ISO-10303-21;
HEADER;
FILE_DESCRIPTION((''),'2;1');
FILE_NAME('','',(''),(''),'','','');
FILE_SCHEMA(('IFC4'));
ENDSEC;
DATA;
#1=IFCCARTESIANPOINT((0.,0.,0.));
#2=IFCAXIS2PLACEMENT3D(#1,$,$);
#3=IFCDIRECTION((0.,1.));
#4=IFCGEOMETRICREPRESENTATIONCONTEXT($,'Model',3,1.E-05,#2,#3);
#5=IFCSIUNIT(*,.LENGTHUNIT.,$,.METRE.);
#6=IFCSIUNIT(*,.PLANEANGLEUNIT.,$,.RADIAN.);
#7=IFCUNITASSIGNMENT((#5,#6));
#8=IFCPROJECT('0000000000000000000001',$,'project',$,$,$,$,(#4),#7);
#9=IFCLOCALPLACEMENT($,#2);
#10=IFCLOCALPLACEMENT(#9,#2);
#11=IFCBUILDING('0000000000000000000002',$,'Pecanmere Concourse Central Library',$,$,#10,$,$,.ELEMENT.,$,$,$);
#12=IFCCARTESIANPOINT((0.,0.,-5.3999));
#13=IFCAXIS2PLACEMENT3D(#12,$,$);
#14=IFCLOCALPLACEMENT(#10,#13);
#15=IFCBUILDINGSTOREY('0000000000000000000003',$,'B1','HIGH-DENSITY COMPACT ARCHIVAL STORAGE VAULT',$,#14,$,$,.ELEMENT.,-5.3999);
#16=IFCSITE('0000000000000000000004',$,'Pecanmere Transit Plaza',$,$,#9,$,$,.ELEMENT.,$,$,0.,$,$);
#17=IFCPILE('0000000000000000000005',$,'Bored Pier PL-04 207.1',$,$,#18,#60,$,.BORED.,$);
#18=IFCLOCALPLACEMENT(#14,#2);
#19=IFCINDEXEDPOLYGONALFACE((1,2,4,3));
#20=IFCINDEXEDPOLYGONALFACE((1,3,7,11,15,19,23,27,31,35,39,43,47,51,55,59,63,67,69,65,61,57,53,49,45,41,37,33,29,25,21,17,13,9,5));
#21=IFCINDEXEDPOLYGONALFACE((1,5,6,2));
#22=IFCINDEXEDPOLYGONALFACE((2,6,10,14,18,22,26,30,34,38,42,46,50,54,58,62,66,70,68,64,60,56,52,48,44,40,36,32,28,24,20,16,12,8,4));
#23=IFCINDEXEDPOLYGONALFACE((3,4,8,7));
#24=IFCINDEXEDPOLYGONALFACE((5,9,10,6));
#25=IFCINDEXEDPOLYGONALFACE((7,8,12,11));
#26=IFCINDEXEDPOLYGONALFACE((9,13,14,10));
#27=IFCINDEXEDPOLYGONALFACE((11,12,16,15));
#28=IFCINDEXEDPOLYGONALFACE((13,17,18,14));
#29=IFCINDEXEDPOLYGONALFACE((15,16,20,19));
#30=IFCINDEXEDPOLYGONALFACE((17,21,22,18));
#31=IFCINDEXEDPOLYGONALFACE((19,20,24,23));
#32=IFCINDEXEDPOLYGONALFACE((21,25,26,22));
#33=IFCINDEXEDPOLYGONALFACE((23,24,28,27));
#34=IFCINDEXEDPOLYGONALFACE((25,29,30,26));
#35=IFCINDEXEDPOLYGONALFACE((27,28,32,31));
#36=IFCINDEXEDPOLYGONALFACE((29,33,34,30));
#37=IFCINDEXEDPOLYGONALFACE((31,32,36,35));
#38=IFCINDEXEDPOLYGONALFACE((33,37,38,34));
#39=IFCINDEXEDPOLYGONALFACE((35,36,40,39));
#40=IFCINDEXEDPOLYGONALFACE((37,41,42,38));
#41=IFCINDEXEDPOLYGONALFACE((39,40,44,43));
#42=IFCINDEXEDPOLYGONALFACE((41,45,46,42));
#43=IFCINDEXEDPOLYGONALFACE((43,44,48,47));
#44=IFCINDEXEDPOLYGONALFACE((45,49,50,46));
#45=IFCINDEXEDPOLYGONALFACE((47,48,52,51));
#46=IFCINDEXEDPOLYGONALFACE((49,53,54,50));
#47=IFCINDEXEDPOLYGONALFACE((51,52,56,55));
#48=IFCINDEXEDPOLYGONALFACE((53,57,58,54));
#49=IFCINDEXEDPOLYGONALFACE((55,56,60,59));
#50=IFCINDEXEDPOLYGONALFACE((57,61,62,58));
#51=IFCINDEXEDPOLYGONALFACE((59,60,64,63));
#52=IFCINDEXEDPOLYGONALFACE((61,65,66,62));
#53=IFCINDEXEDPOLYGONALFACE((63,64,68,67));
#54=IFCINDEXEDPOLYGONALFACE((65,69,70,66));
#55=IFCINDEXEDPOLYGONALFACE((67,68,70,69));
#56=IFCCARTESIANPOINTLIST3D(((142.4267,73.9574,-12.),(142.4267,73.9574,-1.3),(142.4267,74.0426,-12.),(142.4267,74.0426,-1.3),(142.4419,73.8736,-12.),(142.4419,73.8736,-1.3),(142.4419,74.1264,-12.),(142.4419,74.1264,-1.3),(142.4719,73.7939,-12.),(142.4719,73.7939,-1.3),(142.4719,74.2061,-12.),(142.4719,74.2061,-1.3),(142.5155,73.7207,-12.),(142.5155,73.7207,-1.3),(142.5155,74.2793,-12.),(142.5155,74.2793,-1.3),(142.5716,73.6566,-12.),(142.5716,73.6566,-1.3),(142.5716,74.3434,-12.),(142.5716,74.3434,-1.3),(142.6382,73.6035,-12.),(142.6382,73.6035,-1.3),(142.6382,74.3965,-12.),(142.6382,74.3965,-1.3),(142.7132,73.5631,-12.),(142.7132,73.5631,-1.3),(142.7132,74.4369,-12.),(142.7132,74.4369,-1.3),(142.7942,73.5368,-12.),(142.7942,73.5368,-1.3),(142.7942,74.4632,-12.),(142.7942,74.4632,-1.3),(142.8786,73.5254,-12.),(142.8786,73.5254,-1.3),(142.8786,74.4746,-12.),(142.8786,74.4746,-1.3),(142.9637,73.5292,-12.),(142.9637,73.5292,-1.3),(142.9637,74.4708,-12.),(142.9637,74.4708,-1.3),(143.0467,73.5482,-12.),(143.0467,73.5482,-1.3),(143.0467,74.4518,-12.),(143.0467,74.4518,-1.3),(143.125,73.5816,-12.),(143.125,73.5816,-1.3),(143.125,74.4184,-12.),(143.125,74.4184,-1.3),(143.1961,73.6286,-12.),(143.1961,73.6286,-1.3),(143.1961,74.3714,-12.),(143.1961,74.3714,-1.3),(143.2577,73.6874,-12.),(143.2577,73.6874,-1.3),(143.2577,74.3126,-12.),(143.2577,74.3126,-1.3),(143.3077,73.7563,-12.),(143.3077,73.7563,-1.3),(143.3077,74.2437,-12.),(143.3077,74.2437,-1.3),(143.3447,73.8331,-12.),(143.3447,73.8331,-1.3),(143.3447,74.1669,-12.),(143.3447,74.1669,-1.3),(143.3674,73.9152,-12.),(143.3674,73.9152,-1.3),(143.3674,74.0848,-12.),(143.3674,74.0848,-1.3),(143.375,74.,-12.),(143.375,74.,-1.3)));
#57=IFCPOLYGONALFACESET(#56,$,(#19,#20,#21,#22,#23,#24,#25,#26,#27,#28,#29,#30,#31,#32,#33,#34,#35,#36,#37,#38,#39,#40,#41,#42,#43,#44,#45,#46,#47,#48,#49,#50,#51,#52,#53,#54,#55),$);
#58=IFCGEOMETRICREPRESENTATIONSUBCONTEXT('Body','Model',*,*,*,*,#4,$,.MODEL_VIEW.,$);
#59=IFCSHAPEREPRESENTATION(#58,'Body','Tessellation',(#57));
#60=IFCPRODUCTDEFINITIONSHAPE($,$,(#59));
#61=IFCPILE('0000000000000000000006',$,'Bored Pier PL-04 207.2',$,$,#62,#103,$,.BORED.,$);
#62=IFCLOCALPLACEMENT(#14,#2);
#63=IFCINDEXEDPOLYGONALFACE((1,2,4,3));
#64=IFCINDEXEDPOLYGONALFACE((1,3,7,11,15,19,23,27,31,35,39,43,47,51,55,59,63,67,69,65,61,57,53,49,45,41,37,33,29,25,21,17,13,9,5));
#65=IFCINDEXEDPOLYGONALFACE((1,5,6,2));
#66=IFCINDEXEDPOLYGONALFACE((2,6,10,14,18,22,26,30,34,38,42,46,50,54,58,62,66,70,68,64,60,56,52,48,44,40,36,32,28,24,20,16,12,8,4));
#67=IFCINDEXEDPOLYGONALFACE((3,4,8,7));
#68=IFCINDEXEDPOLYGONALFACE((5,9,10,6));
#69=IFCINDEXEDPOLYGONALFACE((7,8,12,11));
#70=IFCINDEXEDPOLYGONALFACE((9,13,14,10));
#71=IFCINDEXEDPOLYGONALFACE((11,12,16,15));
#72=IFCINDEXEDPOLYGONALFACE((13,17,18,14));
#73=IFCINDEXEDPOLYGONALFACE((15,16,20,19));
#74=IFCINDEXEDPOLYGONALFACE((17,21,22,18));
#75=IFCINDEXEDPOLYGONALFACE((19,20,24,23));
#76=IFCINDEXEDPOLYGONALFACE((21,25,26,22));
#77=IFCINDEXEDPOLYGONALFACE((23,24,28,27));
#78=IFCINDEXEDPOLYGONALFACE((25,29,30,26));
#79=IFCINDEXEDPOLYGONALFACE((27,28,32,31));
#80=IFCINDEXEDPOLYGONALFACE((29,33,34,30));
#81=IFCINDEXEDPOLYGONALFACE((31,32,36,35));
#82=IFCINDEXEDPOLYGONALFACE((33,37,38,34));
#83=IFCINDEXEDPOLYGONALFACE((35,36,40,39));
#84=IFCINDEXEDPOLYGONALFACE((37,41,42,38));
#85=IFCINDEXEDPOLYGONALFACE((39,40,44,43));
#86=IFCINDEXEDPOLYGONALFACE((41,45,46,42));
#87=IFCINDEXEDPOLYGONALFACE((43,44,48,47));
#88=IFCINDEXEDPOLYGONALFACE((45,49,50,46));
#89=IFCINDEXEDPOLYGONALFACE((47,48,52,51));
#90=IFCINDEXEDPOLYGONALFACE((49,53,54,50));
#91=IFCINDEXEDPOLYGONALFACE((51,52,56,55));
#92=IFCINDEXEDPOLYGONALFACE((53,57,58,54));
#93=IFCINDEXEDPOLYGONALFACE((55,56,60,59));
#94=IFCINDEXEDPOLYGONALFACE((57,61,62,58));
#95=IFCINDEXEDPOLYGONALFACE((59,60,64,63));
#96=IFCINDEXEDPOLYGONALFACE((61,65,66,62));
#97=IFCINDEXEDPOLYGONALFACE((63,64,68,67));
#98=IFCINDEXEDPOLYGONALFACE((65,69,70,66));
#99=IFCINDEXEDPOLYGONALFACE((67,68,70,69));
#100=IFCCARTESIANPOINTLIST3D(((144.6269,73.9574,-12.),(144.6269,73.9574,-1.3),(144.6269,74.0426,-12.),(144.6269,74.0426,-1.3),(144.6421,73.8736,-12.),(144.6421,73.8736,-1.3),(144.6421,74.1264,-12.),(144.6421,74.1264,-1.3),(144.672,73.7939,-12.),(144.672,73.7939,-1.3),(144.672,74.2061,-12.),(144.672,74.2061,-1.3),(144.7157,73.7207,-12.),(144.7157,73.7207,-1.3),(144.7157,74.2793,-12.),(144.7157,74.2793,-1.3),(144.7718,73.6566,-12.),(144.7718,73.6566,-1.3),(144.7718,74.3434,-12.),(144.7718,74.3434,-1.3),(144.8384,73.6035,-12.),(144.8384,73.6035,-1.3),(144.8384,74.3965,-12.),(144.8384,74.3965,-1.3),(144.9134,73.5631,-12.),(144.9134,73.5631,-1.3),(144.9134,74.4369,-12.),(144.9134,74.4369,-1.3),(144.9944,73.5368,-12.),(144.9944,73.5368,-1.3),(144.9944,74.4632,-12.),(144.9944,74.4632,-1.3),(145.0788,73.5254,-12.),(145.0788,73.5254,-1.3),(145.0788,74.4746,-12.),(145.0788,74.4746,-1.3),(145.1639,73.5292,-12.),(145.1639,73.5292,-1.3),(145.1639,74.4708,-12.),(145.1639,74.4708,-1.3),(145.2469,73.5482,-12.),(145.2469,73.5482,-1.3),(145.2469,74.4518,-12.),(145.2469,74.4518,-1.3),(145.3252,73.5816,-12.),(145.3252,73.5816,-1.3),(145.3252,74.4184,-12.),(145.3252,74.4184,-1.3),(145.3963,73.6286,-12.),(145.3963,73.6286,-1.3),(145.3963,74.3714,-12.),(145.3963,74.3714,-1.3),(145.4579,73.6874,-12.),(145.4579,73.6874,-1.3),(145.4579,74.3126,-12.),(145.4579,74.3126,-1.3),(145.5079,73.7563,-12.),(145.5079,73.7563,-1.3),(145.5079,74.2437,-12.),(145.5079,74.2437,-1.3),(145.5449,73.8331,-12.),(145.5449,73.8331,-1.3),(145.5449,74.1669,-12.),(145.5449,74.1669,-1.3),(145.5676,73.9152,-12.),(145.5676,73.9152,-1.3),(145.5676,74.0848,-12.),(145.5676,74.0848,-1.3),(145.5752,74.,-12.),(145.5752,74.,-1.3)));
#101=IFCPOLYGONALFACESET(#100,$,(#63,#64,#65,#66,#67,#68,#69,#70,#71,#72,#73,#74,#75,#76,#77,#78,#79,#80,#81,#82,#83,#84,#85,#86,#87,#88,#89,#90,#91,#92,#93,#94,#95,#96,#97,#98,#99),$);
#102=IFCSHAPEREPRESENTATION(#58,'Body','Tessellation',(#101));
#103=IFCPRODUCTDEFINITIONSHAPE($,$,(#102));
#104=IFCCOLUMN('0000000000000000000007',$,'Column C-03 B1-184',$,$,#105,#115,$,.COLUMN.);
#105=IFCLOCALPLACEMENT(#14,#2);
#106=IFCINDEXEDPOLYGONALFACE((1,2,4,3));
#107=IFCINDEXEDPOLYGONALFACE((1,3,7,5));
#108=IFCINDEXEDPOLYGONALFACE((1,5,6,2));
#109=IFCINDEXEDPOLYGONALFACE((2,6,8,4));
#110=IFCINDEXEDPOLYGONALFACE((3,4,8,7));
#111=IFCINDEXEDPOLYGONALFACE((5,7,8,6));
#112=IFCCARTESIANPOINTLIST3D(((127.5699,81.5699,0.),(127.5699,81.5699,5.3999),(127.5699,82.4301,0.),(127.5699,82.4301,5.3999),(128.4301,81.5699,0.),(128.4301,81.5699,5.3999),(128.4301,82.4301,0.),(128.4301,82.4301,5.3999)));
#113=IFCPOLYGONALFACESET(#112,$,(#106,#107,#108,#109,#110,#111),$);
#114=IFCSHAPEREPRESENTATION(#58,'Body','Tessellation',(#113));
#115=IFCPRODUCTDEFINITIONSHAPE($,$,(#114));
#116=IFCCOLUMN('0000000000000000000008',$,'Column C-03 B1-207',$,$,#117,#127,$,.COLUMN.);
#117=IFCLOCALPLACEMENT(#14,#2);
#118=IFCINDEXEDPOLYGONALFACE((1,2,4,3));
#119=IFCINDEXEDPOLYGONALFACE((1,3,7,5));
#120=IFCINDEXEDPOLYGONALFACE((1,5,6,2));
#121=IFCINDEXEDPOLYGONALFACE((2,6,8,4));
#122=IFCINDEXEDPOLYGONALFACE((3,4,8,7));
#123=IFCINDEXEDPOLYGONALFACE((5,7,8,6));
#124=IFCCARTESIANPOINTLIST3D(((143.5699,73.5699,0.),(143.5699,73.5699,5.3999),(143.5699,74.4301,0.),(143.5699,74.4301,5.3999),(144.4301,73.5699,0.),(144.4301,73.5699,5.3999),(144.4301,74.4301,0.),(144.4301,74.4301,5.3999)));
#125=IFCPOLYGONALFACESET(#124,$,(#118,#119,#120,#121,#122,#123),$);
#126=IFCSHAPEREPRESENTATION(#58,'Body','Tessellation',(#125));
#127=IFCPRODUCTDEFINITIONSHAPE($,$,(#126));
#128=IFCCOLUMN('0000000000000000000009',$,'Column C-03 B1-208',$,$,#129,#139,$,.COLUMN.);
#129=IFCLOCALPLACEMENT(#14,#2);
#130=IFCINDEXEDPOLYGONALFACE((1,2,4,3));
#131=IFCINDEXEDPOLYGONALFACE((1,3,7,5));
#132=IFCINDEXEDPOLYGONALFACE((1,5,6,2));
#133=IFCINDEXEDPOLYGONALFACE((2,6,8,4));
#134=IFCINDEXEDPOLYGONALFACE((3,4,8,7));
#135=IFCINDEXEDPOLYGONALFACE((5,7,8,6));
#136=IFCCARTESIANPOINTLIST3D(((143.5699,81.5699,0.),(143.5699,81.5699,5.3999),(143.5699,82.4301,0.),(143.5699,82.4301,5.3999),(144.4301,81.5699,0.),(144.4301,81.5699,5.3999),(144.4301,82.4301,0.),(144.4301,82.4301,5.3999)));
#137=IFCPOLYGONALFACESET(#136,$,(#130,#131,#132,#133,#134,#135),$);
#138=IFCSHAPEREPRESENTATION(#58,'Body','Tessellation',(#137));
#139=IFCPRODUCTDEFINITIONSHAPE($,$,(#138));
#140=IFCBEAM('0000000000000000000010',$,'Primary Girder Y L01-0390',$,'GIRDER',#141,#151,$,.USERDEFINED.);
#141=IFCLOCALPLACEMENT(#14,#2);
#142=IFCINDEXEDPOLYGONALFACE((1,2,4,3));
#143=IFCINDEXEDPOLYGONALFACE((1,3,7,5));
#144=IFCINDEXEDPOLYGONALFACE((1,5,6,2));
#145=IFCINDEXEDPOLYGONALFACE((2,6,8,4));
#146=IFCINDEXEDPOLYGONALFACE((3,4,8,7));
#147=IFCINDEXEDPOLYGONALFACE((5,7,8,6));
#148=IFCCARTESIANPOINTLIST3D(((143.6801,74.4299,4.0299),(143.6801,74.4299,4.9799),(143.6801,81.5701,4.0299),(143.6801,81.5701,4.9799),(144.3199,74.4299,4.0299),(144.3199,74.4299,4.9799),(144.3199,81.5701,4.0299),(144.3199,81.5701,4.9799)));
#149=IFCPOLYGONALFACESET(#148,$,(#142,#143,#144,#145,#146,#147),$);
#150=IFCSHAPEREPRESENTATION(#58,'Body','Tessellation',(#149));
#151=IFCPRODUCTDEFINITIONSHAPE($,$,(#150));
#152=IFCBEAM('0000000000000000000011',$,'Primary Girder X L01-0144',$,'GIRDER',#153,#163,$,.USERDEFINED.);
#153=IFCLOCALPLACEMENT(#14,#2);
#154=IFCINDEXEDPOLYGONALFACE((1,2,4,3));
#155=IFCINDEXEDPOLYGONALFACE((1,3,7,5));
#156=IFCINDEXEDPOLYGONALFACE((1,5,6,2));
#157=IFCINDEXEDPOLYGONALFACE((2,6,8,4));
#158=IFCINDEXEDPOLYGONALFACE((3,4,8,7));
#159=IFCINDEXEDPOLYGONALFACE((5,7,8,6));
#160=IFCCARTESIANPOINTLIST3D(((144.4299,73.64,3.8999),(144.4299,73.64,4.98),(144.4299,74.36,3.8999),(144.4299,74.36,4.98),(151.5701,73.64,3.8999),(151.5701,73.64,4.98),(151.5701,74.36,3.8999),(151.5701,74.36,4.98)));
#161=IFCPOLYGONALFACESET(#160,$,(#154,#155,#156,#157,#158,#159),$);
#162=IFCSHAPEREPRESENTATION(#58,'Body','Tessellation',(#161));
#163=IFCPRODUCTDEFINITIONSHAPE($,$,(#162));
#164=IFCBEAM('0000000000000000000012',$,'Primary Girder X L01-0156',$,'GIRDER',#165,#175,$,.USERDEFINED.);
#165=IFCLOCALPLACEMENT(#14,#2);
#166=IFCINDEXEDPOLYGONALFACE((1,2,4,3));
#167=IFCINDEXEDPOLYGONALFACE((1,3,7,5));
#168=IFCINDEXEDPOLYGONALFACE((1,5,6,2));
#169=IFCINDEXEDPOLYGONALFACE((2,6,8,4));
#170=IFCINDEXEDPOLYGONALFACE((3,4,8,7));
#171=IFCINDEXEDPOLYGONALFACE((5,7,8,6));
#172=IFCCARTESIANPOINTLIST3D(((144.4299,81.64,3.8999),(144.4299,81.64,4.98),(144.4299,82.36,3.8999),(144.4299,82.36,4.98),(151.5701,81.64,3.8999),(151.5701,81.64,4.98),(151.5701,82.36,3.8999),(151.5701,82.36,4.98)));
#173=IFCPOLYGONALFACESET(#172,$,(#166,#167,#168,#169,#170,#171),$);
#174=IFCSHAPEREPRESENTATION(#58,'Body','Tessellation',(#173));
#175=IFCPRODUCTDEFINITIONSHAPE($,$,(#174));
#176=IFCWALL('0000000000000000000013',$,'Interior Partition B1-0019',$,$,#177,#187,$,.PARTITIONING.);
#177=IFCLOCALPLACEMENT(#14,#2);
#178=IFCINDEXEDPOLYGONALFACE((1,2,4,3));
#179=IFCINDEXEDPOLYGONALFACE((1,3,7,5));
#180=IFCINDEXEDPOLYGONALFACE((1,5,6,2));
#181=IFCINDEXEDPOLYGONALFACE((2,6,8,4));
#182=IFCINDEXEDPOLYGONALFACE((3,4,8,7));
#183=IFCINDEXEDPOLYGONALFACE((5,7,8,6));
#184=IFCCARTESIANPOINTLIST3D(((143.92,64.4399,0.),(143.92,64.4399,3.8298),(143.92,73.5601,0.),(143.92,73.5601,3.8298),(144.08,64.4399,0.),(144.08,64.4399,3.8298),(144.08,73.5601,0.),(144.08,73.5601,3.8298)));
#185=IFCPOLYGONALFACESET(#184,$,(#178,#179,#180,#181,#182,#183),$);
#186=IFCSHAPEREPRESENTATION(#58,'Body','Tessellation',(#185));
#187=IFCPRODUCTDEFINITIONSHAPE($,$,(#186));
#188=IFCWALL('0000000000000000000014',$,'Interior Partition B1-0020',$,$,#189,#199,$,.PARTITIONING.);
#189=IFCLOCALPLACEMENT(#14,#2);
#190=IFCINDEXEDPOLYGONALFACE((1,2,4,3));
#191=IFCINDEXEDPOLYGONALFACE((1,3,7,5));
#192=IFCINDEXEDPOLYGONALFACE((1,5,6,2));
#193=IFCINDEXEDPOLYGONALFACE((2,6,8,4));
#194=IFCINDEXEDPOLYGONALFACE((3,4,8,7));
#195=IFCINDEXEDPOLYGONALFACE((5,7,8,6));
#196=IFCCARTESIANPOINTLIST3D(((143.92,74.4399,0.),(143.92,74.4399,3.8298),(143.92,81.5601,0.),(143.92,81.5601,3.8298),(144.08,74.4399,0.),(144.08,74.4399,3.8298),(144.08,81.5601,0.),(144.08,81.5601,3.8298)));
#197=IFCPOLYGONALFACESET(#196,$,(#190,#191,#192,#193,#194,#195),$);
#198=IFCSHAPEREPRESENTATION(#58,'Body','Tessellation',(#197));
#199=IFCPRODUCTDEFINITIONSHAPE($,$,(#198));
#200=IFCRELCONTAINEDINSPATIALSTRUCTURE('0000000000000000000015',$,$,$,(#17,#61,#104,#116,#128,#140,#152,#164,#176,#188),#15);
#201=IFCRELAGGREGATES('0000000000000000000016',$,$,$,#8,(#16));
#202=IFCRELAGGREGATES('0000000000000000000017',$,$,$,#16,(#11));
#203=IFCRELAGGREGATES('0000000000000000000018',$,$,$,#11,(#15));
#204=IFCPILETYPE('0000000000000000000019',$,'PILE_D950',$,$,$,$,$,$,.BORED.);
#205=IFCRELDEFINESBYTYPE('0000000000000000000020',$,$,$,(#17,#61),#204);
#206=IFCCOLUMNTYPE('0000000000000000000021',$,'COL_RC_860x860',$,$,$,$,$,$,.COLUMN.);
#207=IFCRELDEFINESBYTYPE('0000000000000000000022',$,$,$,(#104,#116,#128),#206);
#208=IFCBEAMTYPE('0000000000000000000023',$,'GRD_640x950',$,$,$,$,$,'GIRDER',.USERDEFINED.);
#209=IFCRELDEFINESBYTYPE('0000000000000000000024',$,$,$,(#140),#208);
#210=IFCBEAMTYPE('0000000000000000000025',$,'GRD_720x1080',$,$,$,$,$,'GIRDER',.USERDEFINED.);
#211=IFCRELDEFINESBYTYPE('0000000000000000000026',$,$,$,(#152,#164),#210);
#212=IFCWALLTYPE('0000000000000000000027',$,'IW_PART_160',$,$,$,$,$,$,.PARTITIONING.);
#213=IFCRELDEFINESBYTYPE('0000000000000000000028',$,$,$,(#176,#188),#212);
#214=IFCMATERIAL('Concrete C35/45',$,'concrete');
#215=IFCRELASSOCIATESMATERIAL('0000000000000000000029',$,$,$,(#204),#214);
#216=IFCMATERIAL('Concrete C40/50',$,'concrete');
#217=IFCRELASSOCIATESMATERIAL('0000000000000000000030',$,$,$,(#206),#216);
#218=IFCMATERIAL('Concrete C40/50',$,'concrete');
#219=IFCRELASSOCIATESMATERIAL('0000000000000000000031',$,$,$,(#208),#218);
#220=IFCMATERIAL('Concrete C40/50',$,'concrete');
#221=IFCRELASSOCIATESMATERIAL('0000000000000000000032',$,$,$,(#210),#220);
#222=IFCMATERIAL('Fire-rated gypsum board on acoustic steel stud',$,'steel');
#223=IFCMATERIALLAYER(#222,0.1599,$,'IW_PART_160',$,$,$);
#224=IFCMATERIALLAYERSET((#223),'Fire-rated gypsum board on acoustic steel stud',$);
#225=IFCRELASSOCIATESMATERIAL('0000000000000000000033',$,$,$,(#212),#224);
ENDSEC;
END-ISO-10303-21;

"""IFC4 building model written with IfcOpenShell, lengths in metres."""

from ifc_helpers import new_model, si_unit, direction, frame, frame_2d, origin, origin_2d, place, context, subcontext, project, spatial, rectangle, circle, extrude, material, layer, layer_set, material_profile, profile_set, type_object, element, save


model = new_model("IFC4")

# Units and contexts
model_context = context("Model", 3, precision=1e-05, world=origin(), true_north=direction((0.0, 1.0)))
body_context = subcontext(model_context, "Body", "Model", "MODEL_VIEW")
ifc_project = project(units=[si_unit("LENGTHUNIT", "METRE"), si_unit("PLANEANGLEUNIT", "RADIAN")], contexts=[model_context])

# Site, building, storey
site_placement = place(None, origin())
site = spatial("IfcSite", under=ifc_project, at=site_placement, Name="Pecanmere Transit Plaza", CompositionType="ELEMENT", RefElevation=0.0)
building_placement = place(site_placement, origin())
building = spatial("IfcBuilding", under=site, at=building_placement, Name="Pecanmere Concourse Central Library", CompositionType="ELEMENT")
storey_placement = place(building_placement, frame((0.0, 0.0, -5.3999)))
storey = spatial("IfcBuildingStorey", under=building, at=storey_placement, Name="B1", Description="HIGH-DENSITY COMPACT ARCHIVAL STORAGE VAULT", CompositionType="ELEMENT", Elevation=-5.3999)

# Piles
ifc_material_1 = material(Name="Concrete C35/45", Category="concrete")
ifc_material_profile_1 = material_profile(ifc_material_1, circle(Radius=0.4751, at=origin_2d()), Name="PIER D950")
ifc_profile_set_1 = profile_set([ifc_material_profile_1], Name="Concrete C35/45")
pile_type_1 = type_object("IfcPileType", Name="PILE_D950", PredefinedType="BORED", material=ifc_profile_set_1)
for number, where, z_axis, x_axis, name in (
    (1, (142.8999, 74.0, -1.3), (0.0, 0.0, -1.0), (1.0, 0.0, 0.0), "Bored Pier PL-04 207.1"),
    (2, (145.1001, 74.0, -1.3), (0.0, 0.0, -1.0), (1.0, 0.0, 0.0), "Bored Pier PL-04 207.2"),
):
    element("IfcPile", number, at=place(storey_placement, frame(where, z_axis=z_axis, x_axis=x_axis)), inside=storey, type_object=pile_type_1, Name=name, PredefinedType="BORED", context=body_context, shape_type="SweptSolid", body=[
        extrude(circle(Radius=0.4751, at=origin_2d()), origin(), (0.0, 0.0, 1.0), 10.7),
    ])

# Columns
ifc_material_2 = material(Name="Concrete C40/50", Category="concrete")
ifc_material_profile_2 = material_profile(ifc_material_2, rectangle(XDim=0.8601, YDim=0.8601, at=origin_2d()), Name="RC 860x860")
ifc_profile_set_2 = profile_set([ifc_material_profile_2], Name="Concrete C40/50")
column_type = type_object("IfcColumnType", Name="COL_RC_860x860", PredefinedType="COLUMN", material=ifc_profile_set_2)
for number, where, z_axis, x_axis, name in (
    (3, (128.0, 82.0, 0.0), (0.0, 0.0, 1.0), (1.0, 0.0, 0.0), "Column C-03 B1-184"),
    (4, (144.0, 74.0, 0.0), (0.0, 0.0, 1.0), (1.0, 0.0, 0.0), "Column C-03 B1-207"),
    (5, (144.0, 82.0, 0.0), (0.0, 0.0, 1.0), (1.0, 0.0, 0.0), "Column C-03 B1-208"),
):
    element("IfcColumn", number, at=place(storey_placement, frame(where, z_axis=z_axis, x_axis=x_axis)), inside=storey, type_object=column_type, Name=name, PredefinedType="COLUMN", context=body_context, shape_type="SweptSolid", body=[
        extrude(rectangle(XDim=0.8601, YDim=0.8601, at=origin_2d()), origin(), (0.0, 0.0, 1.0), 5.3999),
    ])

# Beams
ifc_material_3 = material(Name="Concrete C40/50", Category="concrete")
ifc_material_profile_3 = material_profile(ifc_material_3, rectangle(XDim=0.6399, YDim=0.95, at=origin_2d()), Name="RC 640x950")
ifc_profile_set_3 = profile_set([ifc_material_profile_3], Name="Concrete C40/50")
beam_type_1 = type_object("IfcBeamType", Name="GRD_640x950", ElementType="GIRDER", PredefinedType="USERDEFINED", material=ifc_profile_set_3)
beam_placement = place(storey_placement, frame((144.0, 74.4299, 4.5049), z_axis=(0.0, 1.0, 0.0), x_axis=(-1.0, 0.0, 0.0)))
element("IfcBeam", 6, at=beam_placement, inside=storey, type_object=beam_type_1, Name="Primary Girder Y L01-0390", ObjectType="GIRDER", PredefinedType="USERDEFINED", context=body_context, shape_type="SweptSolid", body=[
    extrude(rectangle(XDim=0.6399, YDim=0.95, at=origin_2d()), origin(), (0.0, 0.0, 1.0), 7.1401),
])
ifc_material_4 = material(Name="Concrete C40/50", Category="concrete")
ifc_material_profile_4 = material_profile(ifc_material_4, rectangle(XDim=0.72, YDim=1.0801, at=origin_2d()), Name="RC 720x1080")
ifc_profile_set_4 = profile_set([ifc_material_profile_4], Name="Concrete C40/50")
beam_type_2 = type_object("IfcBeamType", Name="GRD_720x1080", ElementType="GIRDER", PredefinedType="USERDEFINED", material=ifc_profile_set_4)
for number, where, z_axis, x_axis, name in (
    (7, (144.4299, 74.0, 4.4399), (1.0, 0.0, 0.0), (0.0, 1.0, 0.0), "Primary Girder X L01-0144"),
    (8, (144.4299, 82.0, 4.4399), (1.0, 0.0, 0.0), (0.0, 1.0, 0.0), "Primary Girder X L01-0156"),
):
    element("IfcBeam", number, at=place(storey_placement, frame(where, z_axis=z_axis, x_axis=x_axis)), inside=storey, type_object=beam_type_2, Name=name, ObjectType="GIRDER", PredefinedType="USERDEFINED", context=body_context, shape_type="SweptSolid", body=[
        extrude(rectangle(XDim=0.72, YDim=1.0801, at=origin_2d()), origin(), (0.0, 0.0, 1.0), 7.1401),
    ])

# Walls
ifc_material_5 = material(Name="Fire-rated gypsum board on acoustic steel stud", Category="steel")
ifc_layer = layer(ifc_material_5, 0.1599, Name="IW_PART_160")
ifc_layer_set = layer_set([ifc_layer], Name="Fire-rated gypsum board on acoustic steel stud")
wall_type = type_object("IfcWallType", Name="IW_PART_160", PredefinedType="PARTITIONING", material=ifc_layer_set)
wall_1_placement = place(storey_placement, frame((144.0, 64.4399, 0.0), z_axis=(0.0, 0.0, 1.0), x_axis=(0.0, 1.0, 0.0)))
element("IfcWall", 9, at=wall_1_placement, inside=storey, type_object=wall_type, Name="Interior Partition B1-0019", PredefinedType="PARTITIONING", context=body_context, shape_type="SweptSolid", body=[
    extrude(rectangle(XDim=9.1201, YDim=0.1599, at=frame_2d((4.5601, 0.0))), origin(), (0.0, 0.0, 1.0), 3.8298),
])
wall_2_placement = place(storey_placement, frame((144.0, 74.4399, 0.0), z_axis=(0.0, 0.0, 1.0), x_axis=(0.0, 1.0, 0.0)))
element("IfcWall", 10, at=wall_2_placement, inside=storey, type_object=wall_type, Name="Interior Partition B1-0020", PredefinedType="PARTITIONING", context=body_context, shape_type="SweptSolid", body=[
    extrude(rectangle(XDim=7.1201, YDim=0.1599, at=frame_2d((3.5601, 0.0))), origin(), (0.0, 0.0, 1.0), 3.8298),
])

save(model, "model.ifc")
